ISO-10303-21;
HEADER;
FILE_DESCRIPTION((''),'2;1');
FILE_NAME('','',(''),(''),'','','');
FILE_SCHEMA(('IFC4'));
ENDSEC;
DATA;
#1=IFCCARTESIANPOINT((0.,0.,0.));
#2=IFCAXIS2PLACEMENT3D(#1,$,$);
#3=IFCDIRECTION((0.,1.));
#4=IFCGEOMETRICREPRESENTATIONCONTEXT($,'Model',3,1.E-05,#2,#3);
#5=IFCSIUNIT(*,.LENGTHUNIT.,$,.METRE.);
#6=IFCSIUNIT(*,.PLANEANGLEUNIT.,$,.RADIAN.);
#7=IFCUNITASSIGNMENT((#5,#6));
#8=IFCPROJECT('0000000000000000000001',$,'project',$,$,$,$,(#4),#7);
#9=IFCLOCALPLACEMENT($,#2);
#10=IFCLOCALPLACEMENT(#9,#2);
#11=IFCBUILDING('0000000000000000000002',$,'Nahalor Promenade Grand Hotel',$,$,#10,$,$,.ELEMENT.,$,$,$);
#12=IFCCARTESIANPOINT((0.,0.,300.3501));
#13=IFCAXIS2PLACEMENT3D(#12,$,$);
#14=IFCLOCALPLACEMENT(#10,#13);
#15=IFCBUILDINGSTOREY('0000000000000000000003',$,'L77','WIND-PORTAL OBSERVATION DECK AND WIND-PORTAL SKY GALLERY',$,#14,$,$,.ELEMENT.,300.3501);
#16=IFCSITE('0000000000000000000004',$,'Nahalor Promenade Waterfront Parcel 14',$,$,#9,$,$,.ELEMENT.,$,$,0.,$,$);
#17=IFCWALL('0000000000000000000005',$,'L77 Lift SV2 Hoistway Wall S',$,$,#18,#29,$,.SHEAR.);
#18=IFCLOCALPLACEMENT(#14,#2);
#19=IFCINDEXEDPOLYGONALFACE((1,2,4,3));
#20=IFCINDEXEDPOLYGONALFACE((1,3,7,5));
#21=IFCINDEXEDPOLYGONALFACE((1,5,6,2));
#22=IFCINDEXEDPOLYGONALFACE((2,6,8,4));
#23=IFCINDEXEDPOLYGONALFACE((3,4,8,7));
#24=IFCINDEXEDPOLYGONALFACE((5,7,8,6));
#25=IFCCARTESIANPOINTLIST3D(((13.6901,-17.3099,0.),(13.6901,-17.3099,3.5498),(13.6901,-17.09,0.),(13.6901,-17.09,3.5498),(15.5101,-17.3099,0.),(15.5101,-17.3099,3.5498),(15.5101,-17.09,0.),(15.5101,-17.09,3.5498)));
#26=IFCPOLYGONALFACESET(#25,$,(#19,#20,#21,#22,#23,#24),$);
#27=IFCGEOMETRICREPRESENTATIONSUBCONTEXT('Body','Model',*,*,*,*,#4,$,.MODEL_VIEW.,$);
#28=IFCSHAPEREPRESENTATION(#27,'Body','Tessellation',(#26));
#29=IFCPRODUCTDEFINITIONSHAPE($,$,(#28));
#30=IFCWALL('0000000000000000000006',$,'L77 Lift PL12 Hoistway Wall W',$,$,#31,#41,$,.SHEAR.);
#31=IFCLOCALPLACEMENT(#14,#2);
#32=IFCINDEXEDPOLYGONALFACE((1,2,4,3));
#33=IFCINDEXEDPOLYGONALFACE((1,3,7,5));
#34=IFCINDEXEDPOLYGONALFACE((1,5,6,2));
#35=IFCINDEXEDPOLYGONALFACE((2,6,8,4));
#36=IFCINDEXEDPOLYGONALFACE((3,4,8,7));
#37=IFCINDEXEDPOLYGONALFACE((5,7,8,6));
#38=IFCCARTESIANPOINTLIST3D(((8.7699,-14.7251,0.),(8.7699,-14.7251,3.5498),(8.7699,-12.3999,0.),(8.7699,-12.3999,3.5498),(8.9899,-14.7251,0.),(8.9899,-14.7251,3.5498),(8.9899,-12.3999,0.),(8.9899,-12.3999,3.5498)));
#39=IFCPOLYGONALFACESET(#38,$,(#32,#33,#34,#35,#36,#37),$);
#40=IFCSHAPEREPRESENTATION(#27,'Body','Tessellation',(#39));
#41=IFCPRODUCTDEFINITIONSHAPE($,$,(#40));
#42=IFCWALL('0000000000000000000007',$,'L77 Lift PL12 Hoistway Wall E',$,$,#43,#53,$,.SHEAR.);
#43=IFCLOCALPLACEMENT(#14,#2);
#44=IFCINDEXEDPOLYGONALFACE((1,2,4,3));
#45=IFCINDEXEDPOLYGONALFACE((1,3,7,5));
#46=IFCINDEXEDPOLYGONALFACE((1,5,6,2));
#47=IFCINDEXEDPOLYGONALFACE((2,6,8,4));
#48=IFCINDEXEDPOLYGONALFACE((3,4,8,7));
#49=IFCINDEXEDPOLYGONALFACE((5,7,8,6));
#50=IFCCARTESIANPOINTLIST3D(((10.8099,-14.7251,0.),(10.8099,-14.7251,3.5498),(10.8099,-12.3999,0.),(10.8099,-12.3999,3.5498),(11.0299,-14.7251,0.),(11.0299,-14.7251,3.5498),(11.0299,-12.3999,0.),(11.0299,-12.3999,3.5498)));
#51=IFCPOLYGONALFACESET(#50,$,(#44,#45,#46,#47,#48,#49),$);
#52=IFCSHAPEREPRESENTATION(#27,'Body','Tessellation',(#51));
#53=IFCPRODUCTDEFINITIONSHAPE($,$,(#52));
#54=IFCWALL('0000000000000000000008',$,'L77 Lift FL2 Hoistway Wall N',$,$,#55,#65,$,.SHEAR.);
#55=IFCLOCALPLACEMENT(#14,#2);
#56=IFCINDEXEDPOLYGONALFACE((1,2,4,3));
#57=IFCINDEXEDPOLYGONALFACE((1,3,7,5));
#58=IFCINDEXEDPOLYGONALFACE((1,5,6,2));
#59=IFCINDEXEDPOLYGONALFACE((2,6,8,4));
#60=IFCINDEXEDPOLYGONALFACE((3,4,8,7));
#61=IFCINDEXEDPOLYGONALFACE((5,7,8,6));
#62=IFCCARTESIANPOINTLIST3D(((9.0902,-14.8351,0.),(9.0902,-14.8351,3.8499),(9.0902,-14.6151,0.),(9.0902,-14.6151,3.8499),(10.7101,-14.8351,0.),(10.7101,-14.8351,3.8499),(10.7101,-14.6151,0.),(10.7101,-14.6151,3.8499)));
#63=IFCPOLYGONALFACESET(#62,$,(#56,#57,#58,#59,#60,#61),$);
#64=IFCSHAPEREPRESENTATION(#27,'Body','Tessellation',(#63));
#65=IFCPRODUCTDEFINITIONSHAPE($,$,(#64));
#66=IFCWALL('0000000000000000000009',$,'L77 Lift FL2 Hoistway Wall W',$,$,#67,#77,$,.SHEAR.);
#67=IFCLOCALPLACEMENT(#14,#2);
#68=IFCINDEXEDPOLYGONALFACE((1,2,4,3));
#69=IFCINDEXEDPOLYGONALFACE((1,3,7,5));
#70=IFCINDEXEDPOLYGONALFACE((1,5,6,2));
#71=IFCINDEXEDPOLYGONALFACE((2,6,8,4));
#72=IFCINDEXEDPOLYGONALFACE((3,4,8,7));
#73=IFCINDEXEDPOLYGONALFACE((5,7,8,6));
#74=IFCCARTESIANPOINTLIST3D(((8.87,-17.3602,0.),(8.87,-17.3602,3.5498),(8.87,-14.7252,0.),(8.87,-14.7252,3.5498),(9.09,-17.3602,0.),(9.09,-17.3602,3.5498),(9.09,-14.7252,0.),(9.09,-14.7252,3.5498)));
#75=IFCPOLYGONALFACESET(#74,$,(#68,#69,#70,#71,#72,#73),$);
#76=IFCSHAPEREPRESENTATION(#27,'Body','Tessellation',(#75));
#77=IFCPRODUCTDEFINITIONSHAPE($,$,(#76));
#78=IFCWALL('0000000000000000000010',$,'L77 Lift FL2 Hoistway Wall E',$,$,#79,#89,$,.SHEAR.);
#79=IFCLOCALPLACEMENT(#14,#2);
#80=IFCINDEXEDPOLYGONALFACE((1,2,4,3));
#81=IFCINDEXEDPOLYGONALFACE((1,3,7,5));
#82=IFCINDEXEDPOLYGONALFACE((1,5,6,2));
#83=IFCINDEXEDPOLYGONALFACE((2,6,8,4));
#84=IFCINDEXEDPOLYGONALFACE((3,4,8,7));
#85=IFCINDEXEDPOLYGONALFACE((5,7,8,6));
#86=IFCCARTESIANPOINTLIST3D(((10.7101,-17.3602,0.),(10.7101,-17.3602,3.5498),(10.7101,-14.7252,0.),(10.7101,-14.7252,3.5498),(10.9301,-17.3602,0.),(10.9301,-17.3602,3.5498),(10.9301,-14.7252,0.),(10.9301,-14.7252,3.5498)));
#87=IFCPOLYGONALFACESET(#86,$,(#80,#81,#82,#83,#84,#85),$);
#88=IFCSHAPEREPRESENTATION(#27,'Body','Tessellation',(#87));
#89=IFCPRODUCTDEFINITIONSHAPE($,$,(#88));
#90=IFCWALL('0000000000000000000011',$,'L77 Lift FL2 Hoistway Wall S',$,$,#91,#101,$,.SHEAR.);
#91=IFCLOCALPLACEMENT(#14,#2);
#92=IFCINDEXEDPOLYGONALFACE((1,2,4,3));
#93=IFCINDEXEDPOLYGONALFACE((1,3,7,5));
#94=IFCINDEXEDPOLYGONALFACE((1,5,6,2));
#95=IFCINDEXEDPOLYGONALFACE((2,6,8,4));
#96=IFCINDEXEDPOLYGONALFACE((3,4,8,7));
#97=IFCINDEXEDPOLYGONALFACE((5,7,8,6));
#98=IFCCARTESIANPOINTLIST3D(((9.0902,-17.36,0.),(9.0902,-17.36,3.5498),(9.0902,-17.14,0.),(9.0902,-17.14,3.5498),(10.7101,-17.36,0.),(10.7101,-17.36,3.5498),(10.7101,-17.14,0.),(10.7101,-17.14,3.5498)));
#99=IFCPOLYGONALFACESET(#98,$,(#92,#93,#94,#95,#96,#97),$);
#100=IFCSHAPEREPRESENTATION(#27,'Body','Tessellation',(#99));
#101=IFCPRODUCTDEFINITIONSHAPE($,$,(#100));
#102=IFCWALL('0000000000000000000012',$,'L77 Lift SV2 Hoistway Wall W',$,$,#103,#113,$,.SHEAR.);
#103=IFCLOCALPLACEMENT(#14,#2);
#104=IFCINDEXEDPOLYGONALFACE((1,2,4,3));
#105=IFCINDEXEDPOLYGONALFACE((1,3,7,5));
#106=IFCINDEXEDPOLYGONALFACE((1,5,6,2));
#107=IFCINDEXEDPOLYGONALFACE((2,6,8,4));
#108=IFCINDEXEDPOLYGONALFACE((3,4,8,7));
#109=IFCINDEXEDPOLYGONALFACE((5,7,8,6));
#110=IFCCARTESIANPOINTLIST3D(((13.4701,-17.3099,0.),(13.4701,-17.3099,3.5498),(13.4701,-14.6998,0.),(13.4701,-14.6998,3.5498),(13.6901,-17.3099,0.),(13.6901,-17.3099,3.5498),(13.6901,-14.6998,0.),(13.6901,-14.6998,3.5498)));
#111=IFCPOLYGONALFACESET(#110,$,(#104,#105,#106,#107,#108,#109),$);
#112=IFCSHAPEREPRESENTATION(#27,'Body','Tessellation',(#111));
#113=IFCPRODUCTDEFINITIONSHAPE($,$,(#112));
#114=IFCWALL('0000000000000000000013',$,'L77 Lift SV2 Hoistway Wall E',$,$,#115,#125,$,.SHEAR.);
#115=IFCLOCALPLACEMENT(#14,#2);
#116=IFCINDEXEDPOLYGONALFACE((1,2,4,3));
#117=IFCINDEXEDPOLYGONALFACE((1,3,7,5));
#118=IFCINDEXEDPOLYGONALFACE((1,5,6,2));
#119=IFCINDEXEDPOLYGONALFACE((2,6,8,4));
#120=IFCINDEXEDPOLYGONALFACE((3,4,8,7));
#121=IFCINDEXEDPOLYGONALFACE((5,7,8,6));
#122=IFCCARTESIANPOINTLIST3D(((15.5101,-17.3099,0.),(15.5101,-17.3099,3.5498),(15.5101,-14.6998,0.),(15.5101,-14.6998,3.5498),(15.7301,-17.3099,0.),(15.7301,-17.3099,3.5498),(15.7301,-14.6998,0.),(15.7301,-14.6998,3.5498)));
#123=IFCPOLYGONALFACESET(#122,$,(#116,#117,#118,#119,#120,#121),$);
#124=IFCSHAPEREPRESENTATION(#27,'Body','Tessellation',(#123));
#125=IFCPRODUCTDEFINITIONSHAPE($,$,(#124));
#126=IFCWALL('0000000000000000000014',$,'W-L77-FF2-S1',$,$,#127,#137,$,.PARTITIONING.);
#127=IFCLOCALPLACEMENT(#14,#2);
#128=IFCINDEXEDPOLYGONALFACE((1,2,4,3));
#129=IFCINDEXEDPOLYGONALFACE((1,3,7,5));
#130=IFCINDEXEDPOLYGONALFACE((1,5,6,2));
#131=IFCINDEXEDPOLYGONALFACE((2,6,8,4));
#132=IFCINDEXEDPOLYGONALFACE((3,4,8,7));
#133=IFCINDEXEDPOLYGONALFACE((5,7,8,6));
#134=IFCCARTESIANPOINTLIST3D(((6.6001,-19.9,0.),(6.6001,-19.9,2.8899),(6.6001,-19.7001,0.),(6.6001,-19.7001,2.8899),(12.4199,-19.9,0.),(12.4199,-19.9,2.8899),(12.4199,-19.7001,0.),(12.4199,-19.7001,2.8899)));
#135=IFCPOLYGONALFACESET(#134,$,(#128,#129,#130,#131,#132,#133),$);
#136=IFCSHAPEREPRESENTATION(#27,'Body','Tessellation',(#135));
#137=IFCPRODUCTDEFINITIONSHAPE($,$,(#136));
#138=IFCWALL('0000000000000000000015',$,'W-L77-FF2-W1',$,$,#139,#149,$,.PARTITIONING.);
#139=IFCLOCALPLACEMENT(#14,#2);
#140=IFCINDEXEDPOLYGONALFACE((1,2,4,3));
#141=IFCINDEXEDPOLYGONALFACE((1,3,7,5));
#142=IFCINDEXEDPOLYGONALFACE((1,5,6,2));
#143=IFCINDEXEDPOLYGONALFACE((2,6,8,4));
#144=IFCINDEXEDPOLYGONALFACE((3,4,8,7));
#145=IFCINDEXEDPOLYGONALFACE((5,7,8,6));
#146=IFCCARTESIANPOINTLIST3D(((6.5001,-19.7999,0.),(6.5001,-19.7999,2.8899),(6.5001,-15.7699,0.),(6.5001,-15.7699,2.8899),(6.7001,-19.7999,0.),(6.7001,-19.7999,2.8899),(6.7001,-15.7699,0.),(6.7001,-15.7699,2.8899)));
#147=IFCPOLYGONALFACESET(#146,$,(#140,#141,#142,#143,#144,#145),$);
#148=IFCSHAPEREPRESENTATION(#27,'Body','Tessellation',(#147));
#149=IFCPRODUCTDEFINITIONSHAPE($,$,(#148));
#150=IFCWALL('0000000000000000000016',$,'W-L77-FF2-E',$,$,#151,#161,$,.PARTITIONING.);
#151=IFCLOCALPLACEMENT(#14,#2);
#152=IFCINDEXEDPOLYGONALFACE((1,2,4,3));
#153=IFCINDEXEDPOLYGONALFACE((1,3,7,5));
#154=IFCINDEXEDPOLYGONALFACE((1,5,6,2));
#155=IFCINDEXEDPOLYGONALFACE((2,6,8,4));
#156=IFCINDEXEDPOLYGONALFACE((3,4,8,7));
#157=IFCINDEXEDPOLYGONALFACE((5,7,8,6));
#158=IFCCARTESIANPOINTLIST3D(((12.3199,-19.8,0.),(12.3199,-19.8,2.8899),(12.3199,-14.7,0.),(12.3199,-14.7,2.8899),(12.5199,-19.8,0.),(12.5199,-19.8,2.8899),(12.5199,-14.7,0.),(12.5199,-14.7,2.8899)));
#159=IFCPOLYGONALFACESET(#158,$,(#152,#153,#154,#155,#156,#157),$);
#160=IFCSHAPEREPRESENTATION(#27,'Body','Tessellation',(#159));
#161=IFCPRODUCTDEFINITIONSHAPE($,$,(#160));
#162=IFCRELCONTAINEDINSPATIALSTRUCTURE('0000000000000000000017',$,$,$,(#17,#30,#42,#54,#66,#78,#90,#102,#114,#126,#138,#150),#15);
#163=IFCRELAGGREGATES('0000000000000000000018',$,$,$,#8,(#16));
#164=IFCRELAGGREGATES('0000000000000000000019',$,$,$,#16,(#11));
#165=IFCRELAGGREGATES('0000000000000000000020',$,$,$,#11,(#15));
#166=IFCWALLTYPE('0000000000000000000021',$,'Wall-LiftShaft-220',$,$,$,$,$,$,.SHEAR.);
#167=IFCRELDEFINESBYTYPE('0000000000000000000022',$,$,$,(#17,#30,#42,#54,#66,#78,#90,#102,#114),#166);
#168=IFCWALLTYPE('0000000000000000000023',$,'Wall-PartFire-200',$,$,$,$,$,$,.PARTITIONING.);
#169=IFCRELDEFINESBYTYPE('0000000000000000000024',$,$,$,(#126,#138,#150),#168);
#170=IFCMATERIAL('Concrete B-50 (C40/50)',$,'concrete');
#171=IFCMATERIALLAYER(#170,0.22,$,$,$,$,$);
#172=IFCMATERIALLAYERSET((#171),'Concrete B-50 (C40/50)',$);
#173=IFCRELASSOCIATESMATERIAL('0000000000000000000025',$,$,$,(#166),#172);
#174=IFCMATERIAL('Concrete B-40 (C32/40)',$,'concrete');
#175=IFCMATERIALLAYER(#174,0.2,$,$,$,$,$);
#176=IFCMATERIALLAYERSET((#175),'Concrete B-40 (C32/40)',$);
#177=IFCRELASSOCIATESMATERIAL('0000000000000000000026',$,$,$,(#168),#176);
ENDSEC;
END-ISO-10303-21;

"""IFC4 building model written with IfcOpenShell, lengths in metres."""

from ifc_helpers import new_model, si_unit, direction, frame, frame_2d, origin, place, context, subcontext, project, spatial, rectangle, extrude, source, transform, mapped, material, layer, layer_set, type_object, element, save


model = new_model("IFC4")

# Units and contexts
model_context = context("Model", 3, precision=1e-05, world=origin(), true_north=direction((0.0, 1.0)))
body_context = subcontext(model_context, "Body", "Model", "MODEL_VIEW")
ifc_project = project(units=[si_unit("LENGTHUNIT", "METRE"), si_unit("PLANEANGLEUNIT", "RADIAN")], contexts=[model_context])

# Site, building, storey
site_placement = place(None, origin())
site = spatial("IfcSite", under=ifc_project, at=site_placement, Name="Nahalor Promenade Waterfront Parcel 14", CompositionType="ELEMENT", RefElevation=0.0)
building_placement = place(site_placement, origin())
building = spatial("IfcBuilding", under=site, at=building_placement, Name="Nahalor Promenade Grand Hotel", CompositionType="ELEMENT")
storey_placement = place(building_placement, frame((0.0, 0.0, 300.3501)))
storey = spatial("IfcBuildingStorey", under=building, at=storey_placement, Name="L77", Description="WIND-PORTAL OBSERVATION DECK AND WIND-PORTAL SKY GALLERY", CompositionType="ELEMENT", Elevation=300.3501)

# Shared definitions
ifc_material_1 = material(Name="Concrete B-50 (C40/50)", Category="concrete")

# Walls
ifc_layer_1 = layer(ifc_material_1, 0.22)
ifc_layer_set_1 = layer_set([ifc_layer_1], Name="Concrete B-50 (C40/50)")
wall_type_1 = type_object("IfcWallType", Name="Wall-LiftShaft-220", PredefinedType="SHEAR", material=ifc_layer_set_1)
shared_shape_1 = source(origin(), body_context, "Body", "SweptSolid", [
    extrude(rectangle(XDim=1.8201, YDim=0.22, at=frame_2d((0.9102, 0.0))), origin(), (0.0, 0.0, 1.0), 3.5498),
])
wall_1_placement = place(storey_placement, frame((13.6899, -17.2, 0.0), z_axis=(0.0, 0.0, 1.0), x_axis=(1.0, 0.0, 0.0)))
element("IfcWall", 1, at=wall_1_placement, inside=storey, type_object=wall_type_1, Name="L77 Lift SV2 Hoistway Wall S", PredefinedType="SHEAR", context=body_context, shape_type="MappedRepresentation", body=[
    mapped(shared_shape_1, transform((0.0, 0.0, 0.0), scale=1.0)),
])
shared_shape_2 = source(origin(), body_context, "Body", "SweptSolid", [
    extrude(rectangle(XDim=2.3252, YDim=0.22, at=frame_2d((1.1626, 0.0))), origin(), (0.0, 0.0, 1.0), 3.5498),
])
for number, where, z_axis, x_axis, name in (
    (2, (8.8799, -14.7251, 0.0), (0.0, 0.0, 1.0), (0.0, 1.0, 0.0), "L77 Lift PL12 Hoistway Wall W"),
    (3, (10.9199, -14.7251, 0.0), (0.0, 0.0, 1.0), (0.0, 1.0, 0.0), "L77 Lift PL12 Hoistway Wall E"),
):
    element("IfcWall", number, at=place(storey_placement, frame(where, z_axis=z_axis, x_axis=x_axis)), inside=storey, type_object=wall_type_1, Name=name, PredefinedType="SHEAR", context=body_context, shape_type="MappedRepresentation", body=[
        mapped(shared_shape_2, transform((0.0, 0.0, 0.0), scale=1.0)),
    ])
shared_shape_3 = source(origin(), body_context, "Body", "SweptSolid", [
    extrude(rectangle(XDim=1.6199, YDim=0.22, at=frame_2d((0.8101, 0.0))), origin(), (0.0, 0.0, 1.0), 3.8499),
])
wall_2_placement = place(storey_placement, frame((9.0901, -14.7251, 0.0), z_axis=(0.0, 0.0, 1.0), x_axis=(1.0, 0.0, 0.0)))
element("IfcWall", 4, at=wall_2_placement, inside=storey, type_object=wall_type_1, Name="L77 Lift FL2 Hoistway Wall N", PredefinedType="SHEAR", context=body_context, shape_type="MappedRepresentation", body=[
    mapped(shared_shape_3, transform((0.0, 0.0, 0.0), scale=1.0)),
])
shared_shape_4 = source(origin(), body_context, "Body", "SweptSolid", [
    extrude(rectangle(XDim=2.635, YDim=0.22, at=frame_2d((1.3174, 0.0))), origin(), (0.0, 0.0, 1.0), 3.5498),
])
for number, where, z_axis, x_axis, name in (
    (5, (8.98, -17.3601, 0.0), (0.0, 0.0, 1.0), (0.0, 1.0, 0.0), "L77 Lift FL2 Hoistway Wall W"),
    (6, (10.8201, -17.3601, 0.0), (0.0, 0.0, 1.0), (0.0, 1.0, 0.0), "L77 Lift FL2 Hoistway Wall E"),
):
    element("IfcWall", number, at=place(storey_placement, frame(where, z_axis=z_axis, x_axis=x_axis)), inside=storey, type_object=wall_type_1, Name=name, PredefinedType="SHEAR", context=body_context, shape_type="MappedRepresentation", body=[
        mapped(shared_shape_4, transform((0.0, 0.0, 0.0), scale=1.0)),
    ])
shared_shape_5 = source(origin(), body_context, "Body", "SweptSolid", [
    extrude(rectangle(XDim=1.6199, YDim=0.22, at=frame_2d((0.8101, 0.0))), origin(), (0.0, 0.0, 1.0), 3.5498),
])
wall_3_placement = place(storey_placement, frame((9.0901, -17.25, 0.0), z_axis=(0.0, 0.0, 1.0), x_axis=(1.0, 0.0, 0.0)))
element("IfcWall", 7, at=wall_3_placement, inside=storey, type_object=wall_type_1, Name="L77 Lift FL2 Hoistway Wall S", PredefinedType="SHEAR", context=body_context, shape_type="MappedRepresentation", body=[
    mapped(shared_shape_5, transform((0.0, 0.0, 0.0), scale=1.0)),
])
shared_shape_6 = source(origin(), body_context, "Body", "SweptSolid", [
    extrude(rectangle(XDim=2.6101, YDim=0.22, at=frame_2d((1.3052, 0.0))), origin(), (0.0, 0.0, 1.0), 3.5498),
])
for number, where, z_axis, x_axis, name in (
    (8, (13.5801, -17.3101, 0.0), (0.0, 0.0, 1.0), (0.0, 1.0, 0.0), "L77 Lift SV2 Hoistway Wall W"),
    (9, (15.6201, -17.3101, 0.0), (0.0, 0.0, 1.0), (0.0, 1.0, 0.0), "L77 Lift SV2 Hoistway Wall E"),
):
    element("IfcWall", number, at=place(storey_placement, frame(where, z_axis=z_axis, x_axis=x_axis)), inside=storey, type_object=wall_type_1, Name=name, PredefinedType="SHEAR", context=body_context, shape_type="MappedRepresentation", body=[
        mapped(shared_shape_6, transform((0.0, 0.0, 0.0), scale=1.0)),
    ])
ifc_material_2 = material(Name="Concrete B-40 (C32/40)", Category="concrete")
ifc_layer_2 = layer(ifc_material_2, 0.2)
ifc_layer_set_2 = layer_set([ifc_layer_2], Name="Concrete B-40 (C32/40)")
wall_type_2 = type_object("IfcWallType", Name="Wall-PartFire-200", PredefinedType="PARTITIONING", material=ifc_layer_set_2)
shared_shape_7 = source(origin(), body_context, "Body", "SweptSolid", [
    extrude(rectangle(XDim=5.8198, YDim=0.2, at=frame_2d((2.9099, 0.0))), origin(), (0.0, 0.0, 1.0), 2.8899),
])
wall_4_placement = place(storey_placement, frame((6.6001, -19.8, 0.0), z_axis=(0.0, 0.0, 1.0), x_axis=(1.0, 0.0, 0.0)))
element("IfcWall", 10, at=wall_4_placement, inside=storey, type_object=wall_type_2, Name="W-L77-FF2-S1", PredefinedType="PARTITIONING", context=body_context, shape_type="MappedRepresentation", body=[
    mapped(shared_shape_7, transform((0.0, 0.0, 0.0), scale=1.0)),
])
shared_shape_8 = source(origin(), body_context, "Body", "SweptSolid", [
    extrude(rectangle(XDim=4.03, YDim=0.2, at=frame_2d((2.0151, 0.0))), origin(), (0.0, 0.0, 1.0), 2.8899),
])
wall_5_placement = place(storey_placement, frame((6.6001, -19.8, 0.0), z_axis=(0.0, 0.0, 1.0), x_axis=(0.0, 1.0, 0.0)))
element("IfcWall", 11, at=wall_5_placement, inside=storey, type_object=wall_type_2, Name="W-L77-FF2-W1", PredefinedType="PARTITIONING", context=body_context, shape_type="MappedRepresentation", body=[
    mapped(shared_shape_8, transform((0.0, 0.0, 0.0), scale=1.0)),
])
shared_shape_9 = source(origin(), body_context, "Body", "SweptSolid", [
    extrude(rectangle(XDim=5.1001, YDim=0.2, at=frame_2d((2.55, 0.0))), origin(), (0.0, 0.0, 1.0), 2.8899),
])
wall_6_placement = place(storey_placement, frame((12.4199, -19.8, 0.0), z_axis=(0.0, 0.0, 1.0), x_axis=(0.0, 1.0, 0.0)))
element("IfcWall", 12, at=wall_6_placement, inside=storey, type_object=wall_type_2, Name="W-L77-FF2-E", PredefinedType="PARTITIONING", context=body_context, shape_type="MappedRepresentation", body=[
    mapped(shared_shape_9, transform((0.0, 0.0, 0.0), scale=1.0)),
])

save(model, "model.ifc")
